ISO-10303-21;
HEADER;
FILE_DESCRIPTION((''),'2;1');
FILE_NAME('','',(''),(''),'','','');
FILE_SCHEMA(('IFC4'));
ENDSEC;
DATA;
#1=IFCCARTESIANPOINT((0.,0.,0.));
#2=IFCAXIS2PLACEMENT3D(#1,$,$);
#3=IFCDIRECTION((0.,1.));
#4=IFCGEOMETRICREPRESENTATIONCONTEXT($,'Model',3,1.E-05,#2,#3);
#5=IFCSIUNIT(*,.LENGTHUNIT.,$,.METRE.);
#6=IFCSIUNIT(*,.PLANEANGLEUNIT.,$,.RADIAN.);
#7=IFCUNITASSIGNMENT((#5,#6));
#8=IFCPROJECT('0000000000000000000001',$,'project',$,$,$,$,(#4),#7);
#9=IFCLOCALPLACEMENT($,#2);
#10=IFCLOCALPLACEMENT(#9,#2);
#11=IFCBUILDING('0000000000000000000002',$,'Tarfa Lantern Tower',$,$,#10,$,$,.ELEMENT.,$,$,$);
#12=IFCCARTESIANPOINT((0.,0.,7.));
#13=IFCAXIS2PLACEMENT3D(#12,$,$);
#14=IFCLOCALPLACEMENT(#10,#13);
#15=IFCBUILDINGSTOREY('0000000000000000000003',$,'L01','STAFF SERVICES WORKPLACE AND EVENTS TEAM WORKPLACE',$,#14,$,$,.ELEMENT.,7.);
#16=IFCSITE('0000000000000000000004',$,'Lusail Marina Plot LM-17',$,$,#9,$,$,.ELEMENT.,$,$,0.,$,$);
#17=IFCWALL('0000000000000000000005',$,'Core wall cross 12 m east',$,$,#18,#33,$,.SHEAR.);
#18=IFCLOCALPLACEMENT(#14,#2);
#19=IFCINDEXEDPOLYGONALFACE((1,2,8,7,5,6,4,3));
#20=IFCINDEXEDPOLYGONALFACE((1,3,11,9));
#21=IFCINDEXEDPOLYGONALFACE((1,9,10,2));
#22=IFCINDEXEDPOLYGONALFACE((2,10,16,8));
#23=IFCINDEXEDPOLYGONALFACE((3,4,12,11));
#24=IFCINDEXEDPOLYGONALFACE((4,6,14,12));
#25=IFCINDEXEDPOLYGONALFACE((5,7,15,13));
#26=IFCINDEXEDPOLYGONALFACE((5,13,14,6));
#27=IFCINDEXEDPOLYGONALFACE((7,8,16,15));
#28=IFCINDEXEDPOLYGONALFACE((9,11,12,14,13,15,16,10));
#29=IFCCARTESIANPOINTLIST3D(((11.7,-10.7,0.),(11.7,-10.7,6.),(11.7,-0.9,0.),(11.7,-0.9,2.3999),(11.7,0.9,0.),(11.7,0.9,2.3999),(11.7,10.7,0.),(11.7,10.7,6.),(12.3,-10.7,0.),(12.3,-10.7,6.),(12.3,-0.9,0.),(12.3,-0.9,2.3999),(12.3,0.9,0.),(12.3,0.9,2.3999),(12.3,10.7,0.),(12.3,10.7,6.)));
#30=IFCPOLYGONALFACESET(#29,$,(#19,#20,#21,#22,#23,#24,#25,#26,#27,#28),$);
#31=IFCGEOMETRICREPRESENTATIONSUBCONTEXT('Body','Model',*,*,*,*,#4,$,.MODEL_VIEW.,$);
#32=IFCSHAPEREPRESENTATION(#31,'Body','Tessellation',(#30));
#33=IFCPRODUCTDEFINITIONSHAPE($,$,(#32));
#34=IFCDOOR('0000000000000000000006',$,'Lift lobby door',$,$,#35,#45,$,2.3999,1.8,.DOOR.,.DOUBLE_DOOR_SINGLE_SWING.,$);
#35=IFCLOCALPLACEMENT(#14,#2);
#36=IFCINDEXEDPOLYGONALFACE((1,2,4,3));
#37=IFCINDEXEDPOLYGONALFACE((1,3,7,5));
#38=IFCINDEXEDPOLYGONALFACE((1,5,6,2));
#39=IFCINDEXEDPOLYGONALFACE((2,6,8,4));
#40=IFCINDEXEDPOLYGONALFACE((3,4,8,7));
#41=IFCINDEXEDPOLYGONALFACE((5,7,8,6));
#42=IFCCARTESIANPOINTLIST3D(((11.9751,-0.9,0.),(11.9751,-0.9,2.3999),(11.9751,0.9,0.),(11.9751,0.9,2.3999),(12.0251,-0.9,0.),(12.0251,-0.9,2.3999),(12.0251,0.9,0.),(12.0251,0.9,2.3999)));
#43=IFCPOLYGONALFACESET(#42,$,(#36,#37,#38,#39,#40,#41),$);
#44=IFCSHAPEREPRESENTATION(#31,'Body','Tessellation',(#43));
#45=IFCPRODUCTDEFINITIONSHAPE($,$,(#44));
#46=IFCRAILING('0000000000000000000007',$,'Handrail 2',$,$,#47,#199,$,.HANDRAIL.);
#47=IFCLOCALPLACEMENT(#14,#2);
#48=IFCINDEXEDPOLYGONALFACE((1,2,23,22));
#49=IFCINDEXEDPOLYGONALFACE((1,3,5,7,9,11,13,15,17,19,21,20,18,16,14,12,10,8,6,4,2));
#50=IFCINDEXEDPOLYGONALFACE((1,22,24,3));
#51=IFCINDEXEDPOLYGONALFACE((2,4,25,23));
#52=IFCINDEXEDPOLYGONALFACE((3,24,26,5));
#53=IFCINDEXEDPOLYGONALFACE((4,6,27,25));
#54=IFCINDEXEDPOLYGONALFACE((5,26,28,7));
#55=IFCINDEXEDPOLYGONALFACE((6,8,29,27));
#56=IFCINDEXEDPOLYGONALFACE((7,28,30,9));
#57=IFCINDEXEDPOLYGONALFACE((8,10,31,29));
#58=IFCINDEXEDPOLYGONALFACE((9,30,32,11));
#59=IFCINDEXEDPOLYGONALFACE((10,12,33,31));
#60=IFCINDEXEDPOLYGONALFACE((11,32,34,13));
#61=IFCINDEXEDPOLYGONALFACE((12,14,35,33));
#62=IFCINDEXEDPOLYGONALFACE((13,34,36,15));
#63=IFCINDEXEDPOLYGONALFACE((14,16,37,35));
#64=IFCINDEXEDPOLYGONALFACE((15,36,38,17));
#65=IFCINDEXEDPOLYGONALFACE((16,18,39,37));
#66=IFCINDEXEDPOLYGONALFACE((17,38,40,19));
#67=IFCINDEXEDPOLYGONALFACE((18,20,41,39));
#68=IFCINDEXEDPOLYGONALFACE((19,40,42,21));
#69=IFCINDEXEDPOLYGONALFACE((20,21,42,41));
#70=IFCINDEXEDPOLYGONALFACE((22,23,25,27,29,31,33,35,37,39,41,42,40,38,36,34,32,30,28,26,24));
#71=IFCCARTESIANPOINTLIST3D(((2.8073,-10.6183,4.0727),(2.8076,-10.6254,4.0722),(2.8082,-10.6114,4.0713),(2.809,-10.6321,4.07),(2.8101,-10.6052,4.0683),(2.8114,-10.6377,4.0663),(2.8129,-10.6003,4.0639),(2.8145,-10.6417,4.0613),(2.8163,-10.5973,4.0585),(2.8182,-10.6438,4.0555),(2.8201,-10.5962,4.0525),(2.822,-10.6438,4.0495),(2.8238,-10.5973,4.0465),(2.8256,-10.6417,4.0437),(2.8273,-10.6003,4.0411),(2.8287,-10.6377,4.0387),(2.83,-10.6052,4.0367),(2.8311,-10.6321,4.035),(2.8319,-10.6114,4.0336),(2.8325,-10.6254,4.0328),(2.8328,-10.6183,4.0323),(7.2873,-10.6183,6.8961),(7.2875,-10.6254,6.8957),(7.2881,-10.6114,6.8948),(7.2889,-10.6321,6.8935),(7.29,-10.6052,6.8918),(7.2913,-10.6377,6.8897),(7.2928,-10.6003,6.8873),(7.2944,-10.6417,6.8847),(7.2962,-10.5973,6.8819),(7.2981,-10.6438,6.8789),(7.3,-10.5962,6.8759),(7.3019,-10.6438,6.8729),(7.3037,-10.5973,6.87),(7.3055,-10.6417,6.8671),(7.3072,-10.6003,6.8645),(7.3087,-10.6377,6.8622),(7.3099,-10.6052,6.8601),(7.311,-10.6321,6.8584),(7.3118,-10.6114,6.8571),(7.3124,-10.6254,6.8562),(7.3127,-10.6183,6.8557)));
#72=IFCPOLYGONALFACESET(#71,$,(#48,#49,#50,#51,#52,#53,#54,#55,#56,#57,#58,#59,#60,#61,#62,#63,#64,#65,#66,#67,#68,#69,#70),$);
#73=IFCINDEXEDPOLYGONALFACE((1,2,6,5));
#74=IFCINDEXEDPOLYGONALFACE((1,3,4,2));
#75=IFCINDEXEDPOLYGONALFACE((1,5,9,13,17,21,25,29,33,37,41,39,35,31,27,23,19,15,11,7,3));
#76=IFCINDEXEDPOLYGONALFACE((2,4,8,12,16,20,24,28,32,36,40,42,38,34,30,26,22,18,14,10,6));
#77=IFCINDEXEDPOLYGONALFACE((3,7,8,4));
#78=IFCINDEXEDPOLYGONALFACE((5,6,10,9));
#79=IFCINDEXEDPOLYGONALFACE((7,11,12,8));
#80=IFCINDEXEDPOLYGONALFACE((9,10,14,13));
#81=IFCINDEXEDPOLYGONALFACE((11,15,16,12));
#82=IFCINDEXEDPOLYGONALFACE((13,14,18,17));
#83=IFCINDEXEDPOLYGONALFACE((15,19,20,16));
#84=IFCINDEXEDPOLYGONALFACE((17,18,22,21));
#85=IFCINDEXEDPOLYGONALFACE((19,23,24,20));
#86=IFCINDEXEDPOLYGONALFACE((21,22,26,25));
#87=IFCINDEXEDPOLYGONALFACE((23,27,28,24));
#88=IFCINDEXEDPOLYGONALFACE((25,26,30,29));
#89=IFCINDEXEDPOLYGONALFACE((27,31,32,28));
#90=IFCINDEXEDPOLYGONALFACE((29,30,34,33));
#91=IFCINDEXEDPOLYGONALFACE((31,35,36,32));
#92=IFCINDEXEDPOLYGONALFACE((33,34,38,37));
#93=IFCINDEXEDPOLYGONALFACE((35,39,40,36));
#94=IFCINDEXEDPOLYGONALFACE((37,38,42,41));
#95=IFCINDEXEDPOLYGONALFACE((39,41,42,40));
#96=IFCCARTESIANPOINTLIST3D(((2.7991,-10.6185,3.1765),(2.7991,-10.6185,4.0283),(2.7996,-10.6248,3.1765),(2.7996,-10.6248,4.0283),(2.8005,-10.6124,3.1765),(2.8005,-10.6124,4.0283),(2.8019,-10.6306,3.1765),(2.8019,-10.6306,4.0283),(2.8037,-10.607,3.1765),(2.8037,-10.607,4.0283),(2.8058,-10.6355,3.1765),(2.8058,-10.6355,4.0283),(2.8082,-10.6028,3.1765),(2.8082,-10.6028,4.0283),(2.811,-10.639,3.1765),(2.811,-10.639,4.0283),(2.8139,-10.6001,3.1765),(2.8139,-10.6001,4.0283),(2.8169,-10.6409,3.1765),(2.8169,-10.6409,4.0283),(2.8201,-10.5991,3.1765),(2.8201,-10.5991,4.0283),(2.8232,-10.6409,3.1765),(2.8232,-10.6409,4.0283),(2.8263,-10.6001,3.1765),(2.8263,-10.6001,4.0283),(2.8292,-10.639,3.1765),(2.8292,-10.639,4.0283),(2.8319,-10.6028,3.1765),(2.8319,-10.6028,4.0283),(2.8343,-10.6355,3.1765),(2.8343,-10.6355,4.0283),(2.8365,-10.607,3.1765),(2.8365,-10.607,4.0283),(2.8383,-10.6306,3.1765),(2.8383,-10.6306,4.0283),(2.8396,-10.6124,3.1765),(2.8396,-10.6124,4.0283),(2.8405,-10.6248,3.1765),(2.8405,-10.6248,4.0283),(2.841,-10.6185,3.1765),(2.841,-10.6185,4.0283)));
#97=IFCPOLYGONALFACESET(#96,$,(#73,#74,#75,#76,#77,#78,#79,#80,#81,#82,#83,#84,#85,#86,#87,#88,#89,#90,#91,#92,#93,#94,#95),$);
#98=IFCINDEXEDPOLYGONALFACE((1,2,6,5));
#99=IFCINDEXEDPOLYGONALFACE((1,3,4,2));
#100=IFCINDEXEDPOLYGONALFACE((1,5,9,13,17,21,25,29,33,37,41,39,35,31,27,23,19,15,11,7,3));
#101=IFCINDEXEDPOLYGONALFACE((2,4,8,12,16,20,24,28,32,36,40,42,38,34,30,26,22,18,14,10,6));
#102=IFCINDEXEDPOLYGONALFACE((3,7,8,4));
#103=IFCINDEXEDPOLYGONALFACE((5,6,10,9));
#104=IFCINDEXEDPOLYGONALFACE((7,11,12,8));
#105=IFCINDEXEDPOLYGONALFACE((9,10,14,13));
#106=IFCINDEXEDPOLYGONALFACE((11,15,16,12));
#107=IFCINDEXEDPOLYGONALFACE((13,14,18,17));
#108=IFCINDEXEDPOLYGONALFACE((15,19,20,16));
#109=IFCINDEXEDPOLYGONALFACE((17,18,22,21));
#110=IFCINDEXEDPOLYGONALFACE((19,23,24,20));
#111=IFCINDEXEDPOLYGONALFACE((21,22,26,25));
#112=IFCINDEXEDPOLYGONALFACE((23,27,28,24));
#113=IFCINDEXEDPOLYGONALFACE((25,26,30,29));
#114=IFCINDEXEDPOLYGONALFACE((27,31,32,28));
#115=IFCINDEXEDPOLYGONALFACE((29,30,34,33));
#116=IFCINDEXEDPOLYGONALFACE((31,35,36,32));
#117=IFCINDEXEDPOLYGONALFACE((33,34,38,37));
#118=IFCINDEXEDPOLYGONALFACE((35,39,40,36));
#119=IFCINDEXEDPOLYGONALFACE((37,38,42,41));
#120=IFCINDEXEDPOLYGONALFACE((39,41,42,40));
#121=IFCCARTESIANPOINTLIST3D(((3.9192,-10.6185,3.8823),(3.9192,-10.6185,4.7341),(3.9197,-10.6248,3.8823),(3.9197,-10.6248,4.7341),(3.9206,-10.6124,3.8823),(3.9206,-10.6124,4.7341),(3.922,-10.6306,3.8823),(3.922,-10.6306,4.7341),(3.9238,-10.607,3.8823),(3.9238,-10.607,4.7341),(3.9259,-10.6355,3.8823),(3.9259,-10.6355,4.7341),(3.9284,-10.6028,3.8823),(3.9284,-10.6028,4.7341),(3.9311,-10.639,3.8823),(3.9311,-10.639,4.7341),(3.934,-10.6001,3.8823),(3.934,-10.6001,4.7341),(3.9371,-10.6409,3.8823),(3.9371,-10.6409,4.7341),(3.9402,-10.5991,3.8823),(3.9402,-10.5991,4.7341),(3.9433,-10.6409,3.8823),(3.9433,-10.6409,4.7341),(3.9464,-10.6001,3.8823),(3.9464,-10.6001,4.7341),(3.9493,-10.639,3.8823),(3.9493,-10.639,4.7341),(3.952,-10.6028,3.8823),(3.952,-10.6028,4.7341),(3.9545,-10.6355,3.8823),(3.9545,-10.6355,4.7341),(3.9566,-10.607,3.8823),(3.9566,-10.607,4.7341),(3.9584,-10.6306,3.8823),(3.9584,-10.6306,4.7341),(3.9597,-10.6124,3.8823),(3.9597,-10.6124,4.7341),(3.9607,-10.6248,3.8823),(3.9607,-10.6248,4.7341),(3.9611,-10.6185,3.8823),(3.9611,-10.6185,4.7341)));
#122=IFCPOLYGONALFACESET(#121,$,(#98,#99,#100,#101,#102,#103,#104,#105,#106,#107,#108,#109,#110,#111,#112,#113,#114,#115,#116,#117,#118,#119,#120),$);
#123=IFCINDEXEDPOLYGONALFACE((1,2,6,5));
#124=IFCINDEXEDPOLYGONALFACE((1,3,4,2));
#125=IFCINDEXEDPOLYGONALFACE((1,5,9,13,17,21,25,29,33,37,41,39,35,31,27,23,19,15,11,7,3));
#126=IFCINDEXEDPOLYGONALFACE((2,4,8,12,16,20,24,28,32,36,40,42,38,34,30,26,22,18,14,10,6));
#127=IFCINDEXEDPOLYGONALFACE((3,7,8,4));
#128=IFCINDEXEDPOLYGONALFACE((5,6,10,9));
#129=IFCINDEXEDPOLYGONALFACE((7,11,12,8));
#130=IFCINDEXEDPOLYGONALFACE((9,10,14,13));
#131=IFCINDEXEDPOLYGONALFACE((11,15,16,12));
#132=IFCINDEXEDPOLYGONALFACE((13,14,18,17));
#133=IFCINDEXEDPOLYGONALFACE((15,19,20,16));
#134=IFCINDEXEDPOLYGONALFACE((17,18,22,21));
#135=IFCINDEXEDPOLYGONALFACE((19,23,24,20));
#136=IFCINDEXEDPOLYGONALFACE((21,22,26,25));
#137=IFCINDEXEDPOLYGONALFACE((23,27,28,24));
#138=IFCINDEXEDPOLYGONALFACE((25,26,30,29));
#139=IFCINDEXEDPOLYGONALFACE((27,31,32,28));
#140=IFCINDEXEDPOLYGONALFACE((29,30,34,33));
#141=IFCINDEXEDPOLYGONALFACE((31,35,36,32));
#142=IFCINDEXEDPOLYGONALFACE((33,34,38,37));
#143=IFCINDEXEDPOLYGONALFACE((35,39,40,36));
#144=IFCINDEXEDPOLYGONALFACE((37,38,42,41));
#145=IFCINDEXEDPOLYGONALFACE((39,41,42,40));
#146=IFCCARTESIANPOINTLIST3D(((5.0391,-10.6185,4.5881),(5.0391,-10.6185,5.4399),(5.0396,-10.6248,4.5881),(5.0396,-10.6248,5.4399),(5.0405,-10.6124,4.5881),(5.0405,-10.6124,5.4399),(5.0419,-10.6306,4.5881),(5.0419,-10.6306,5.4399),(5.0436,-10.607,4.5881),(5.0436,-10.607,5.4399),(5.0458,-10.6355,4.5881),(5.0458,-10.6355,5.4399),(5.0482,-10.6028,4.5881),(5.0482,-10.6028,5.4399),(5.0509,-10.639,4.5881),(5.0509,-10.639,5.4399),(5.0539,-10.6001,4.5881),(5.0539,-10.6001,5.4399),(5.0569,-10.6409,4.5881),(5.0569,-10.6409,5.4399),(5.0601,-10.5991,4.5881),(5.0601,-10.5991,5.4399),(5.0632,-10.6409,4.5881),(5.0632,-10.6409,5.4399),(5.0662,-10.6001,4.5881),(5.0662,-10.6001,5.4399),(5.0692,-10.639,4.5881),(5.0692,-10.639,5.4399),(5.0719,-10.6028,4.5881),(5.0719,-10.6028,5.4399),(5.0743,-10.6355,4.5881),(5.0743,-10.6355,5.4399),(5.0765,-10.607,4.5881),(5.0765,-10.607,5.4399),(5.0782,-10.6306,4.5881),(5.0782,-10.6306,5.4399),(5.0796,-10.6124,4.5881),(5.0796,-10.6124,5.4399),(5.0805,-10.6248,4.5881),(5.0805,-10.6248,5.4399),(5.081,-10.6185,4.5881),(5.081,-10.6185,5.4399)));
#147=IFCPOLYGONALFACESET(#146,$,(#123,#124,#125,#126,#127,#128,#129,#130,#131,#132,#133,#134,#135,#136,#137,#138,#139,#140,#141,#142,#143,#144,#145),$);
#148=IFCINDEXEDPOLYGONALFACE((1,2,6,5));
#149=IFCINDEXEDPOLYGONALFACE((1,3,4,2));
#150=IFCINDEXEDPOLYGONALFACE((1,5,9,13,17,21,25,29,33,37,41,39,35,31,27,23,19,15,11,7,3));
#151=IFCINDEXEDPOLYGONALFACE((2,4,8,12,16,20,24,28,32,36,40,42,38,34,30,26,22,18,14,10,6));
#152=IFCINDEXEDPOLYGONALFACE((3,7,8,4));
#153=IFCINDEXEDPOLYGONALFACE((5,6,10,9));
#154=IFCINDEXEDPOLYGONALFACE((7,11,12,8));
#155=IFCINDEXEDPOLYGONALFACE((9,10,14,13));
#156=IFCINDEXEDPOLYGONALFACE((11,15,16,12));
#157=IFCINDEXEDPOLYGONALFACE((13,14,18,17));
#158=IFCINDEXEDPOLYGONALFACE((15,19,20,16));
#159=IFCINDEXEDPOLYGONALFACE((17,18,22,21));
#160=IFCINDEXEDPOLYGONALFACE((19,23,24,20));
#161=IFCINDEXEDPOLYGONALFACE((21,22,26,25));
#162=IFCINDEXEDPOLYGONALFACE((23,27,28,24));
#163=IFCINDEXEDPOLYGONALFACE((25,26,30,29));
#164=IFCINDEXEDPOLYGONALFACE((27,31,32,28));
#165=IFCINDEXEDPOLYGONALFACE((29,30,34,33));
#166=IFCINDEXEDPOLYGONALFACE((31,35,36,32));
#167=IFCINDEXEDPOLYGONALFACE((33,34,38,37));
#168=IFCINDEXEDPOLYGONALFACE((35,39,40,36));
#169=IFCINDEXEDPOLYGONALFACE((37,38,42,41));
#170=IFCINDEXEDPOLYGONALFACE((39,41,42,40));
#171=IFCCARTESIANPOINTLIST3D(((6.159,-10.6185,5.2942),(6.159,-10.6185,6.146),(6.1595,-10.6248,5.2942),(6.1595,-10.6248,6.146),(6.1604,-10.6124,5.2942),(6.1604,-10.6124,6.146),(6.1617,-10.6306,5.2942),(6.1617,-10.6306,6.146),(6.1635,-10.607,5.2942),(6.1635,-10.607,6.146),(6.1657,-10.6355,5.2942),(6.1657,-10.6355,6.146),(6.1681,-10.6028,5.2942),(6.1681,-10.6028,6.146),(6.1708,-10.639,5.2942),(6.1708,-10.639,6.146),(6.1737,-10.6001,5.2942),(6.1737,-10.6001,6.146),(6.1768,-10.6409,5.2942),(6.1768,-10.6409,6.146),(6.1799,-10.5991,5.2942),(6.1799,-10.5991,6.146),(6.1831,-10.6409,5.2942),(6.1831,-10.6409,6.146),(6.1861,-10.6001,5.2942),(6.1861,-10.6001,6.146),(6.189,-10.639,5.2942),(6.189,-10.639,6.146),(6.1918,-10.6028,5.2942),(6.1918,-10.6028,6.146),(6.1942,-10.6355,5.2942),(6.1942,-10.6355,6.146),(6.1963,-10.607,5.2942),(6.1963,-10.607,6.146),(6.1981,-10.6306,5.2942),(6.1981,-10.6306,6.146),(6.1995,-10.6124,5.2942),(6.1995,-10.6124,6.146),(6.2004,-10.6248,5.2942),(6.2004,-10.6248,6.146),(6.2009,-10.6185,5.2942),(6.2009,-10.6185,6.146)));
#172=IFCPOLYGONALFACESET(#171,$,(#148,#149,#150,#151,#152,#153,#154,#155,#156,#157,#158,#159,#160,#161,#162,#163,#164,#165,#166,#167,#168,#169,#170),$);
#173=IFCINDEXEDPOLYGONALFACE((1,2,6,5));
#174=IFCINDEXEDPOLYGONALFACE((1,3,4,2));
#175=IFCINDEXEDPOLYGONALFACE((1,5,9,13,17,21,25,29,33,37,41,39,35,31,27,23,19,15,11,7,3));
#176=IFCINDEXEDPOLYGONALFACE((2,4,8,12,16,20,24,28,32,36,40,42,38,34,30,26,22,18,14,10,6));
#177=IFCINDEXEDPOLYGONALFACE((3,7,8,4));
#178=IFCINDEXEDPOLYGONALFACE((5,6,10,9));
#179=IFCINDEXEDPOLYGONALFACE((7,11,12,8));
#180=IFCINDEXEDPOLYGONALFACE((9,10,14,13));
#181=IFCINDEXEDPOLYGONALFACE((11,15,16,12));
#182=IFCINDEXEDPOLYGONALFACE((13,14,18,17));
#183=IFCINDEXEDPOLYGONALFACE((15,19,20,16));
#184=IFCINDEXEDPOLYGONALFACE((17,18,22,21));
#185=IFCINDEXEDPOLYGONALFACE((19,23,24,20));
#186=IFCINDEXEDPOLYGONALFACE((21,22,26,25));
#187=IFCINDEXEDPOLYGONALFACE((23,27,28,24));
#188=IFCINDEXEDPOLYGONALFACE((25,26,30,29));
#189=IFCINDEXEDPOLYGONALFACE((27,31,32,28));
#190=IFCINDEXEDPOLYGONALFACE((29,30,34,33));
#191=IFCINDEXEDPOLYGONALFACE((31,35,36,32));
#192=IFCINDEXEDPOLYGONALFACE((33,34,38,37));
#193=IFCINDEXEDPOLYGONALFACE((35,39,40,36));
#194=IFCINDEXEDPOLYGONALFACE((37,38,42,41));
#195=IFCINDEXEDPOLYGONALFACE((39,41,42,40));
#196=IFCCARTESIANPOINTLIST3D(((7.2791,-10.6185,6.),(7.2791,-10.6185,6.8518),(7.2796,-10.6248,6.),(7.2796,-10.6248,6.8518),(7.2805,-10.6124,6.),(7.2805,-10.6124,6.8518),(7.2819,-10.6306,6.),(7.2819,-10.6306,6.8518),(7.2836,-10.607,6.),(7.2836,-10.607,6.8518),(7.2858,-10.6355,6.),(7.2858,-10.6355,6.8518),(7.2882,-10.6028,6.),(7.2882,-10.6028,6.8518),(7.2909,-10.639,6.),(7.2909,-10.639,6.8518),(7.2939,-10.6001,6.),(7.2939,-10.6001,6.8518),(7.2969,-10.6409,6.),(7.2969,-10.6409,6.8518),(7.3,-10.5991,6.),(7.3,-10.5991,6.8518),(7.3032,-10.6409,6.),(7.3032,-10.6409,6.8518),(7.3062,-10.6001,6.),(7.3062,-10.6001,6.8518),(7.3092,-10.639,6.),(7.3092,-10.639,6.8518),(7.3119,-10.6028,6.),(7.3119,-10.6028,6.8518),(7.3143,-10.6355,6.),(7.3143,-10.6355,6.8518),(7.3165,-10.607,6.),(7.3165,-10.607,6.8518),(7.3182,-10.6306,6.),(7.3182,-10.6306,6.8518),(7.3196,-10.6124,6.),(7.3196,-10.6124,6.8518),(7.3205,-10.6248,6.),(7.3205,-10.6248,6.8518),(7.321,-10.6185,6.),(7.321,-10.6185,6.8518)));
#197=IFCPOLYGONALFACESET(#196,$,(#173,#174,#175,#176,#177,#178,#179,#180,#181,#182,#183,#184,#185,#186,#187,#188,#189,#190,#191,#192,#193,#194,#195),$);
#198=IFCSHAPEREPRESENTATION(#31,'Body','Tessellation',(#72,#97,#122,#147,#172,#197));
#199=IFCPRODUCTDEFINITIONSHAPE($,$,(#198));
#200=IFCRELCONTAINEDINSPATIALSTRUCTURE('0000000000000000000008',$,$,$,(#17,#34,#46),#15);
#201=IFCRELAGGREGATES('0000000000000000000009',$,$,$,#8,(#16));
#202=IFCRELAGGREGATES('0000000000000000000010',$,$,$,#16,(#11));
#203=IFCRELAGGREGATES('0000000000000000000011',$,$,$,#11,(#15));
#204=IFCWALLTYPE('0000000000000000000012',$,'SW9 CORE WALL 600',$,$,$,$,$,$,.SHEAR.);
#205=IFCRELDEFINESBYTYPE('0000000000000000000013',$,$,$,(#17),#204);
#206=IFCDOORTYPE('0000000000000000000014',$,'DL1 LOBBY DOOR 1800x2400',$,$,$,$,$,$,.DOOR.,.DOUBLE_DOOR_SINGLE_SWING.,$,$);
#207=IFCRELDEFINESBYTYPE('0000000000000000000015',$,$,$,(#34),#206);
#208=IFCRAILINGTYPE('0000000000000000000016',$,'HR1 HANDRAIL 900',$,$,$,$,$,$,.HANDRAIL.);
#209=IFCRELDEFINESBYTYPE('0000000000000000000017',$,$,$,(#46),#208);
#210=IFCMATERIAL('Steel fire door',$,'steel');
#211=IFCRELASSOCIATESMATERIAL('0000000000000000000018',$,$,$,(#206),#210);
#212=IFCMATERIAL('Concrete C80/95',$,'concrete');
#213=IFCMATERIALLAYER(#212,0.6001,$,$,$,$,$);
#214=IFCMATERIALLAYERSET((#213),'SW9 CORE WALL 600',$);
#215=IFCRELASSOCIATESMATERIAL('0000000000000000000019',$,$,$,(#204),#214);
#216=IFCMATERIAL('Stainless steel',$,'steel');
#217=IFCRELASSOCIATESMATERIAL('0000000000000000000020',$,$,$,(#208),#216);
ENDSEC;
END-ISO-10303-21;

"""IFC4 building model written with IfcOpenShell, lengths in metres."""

from ifc_helpers import new_model, si_unit, direction, frame, frame_2d, origin, origin_2d, place, context, subcontext, project, spatial, rectangle, circle, extrude, material, layer, layer_set, type_object, element, fill, save


model = new_model("IFC4")

# Units and contexts
model_context = context("Model", 3, precision=1e-05, world=origin(), true_north=direction((0.0, 1.0)))
body_context = subcontext(model_context, "Body", "Model", "MODEL_VIEW")
ifc_project = project(units=[si_unit("LENGTHUNIT", "METRE"), si_unit("PLANEANGLEUNIT", "RADIAN")], contexts=[model_context])

# Site, building, storey
site_placement = place(None, origin())
site = spatial("IfcSite", under=ifc_project, at=site_placement, Name="Lusail Marina Plot LM-17", CompositionType="ELEMENT", RefElevation=0.0)
building_placement = place(site_placement, origin())
building = spatial("IfcBuilding", under=site, at=building_placement, Name="Tarfa Lantern Tower", CompositionType="ELEMENT")
storey_placement = place(building_placement, frame((0.0, 0.0, 7.0)))
storey = spatial("IfcBuildingStorey", under=building, at=storey_placement, Name="L01", Description="STAFF SERVICES WORKPLACE AND EVENTS TEAM WORKPLACE", CompositionType="ELEMENT", Elevation=7.0)

# Shared definitions
ifc_material_1 = material(Name="Concrete C80/95", Category="concrete")
ifc_material_2 = material(Name="Steel fire door", Category="steel")
door_type_1 = type_object("IfcDoorType", Name="DL1 LOBBY DOOR 1800x2400", OperationType="DOUBLE_DOOR_SINGLE_SWING", PredefinedType="DOOR", material=ifc_material_2)

# Wall, opening, door
ifc_layer_1 = layer(ifc_material_1, 0.6001)
ifc_layer_set_1 = layer_set([ifc_layer_1], Name="SW9 CORE WALL 600")
wall_type_1 = type_object("IfcWallType", Name="SW9 CORE WALL 600", PredefinedType="SHEAR", material=ifc_layer_set_1)
wall_1_placement = place(storey_placement, frame((12.0, -10.7, 0.0), z_axis=(0.0, 0.0, 1.0), x_axis=(0.0, 1.0, 0.0)))
wall_1 = element("IfcWall", 1, at=wall_1_placement, inside=storey, type_object=wall_type_1, Name="Core wall cross 12 m east", PredefinedType="SHEAR", context=body_context, shape_type="SweptSolid", body=[
    extrude(rectangle(XDim=21.3999, YDim=0.6001, at=frame_2d((10.7, 0.0))), origin(), (0.0, 0.0, 1.0), 6.0),
])
opening_1_placement = place(wall_1_placement, frame((9.8, 0.0, 0.0)))
opening_1 = element("IfcOpeningElement", 2, at=opening_1_placement, cuts=wall_1, PredefinedType="OPENING", context=body_context, shape_type="SweptSolid", body=[
    extrude(rectangle(XDim=1.8, YDim=2.3999, at=frame_2d((0.8999, 1.2))), frame((0.0, 0.3101, 0.0), z_axis=(0.0, -1.0, 0.0), x_axis=(1.0, 0.0, 0.0)), (0.0, 0.0, 1.0), 0.6201),
])
door_1_placement = place(opening_1_placement, origin())
door_1 = element("IfcDoor", 3, at=door_1_placement, inside=storey, type_object=door_type_1, Name="Lift lobby door", OperationType="DOUBLE_DOOR_SINGLE_SWING", OverallHeight=2.3999, OverallWidth=1.8, PredefinedType="DOOR", context=body_context, shape_type="SweptSolid", body=[
    extrude(rectangle(XDim=1.8, YDim=2.3999, at=frame_2d((0.8999, 1.2))), frame((0.0, 0.0249, 0.0), z_axis=(0.0, -1.0, 0.0), x_axis=(1.0, 0.0, 0.0)), (0.0, 0.0, 1.0), 0.05),
])
fill(opening_1, door_1)

# Railing
ifc_material_3 = material(Name="Stainless steel", Category="steel")
railing_type = type_object("IfcRailingType", Name="HR1 HANDRAIL 900", PredefinedType="HANDRAIL", material=ifc_material_3)
railing_placement = place(storey_placement, frame((2.8201, -10.6201, 3.1765)))
element("IfcRailing", 4, at=railing_placement, inside=storey, type_object=railing_type, Name="Handrail 2", PredefinedType="HANDRAIL", context=body_context, shape_type="SweptSolid", body=[
    extrude(circle(Radius=0.0239, at=origin_2d()), frame((0.0, 0.0, 0.876), z_axis=(0.845998, 0.0, 0.533186), x_axis=(0.0, 1.0, 0.0)), (0.0, 0.0, 1.0), 5.2954),
    extrude(circle(Radius=0.021, at=origin_2d()), frame((0.0, 0.0, 0.0), z_axis=(0.0, 0.0, 1.0), x_axis=(0.0, 1.0, 0.0)), (0.0, 0.0, 1.0), 0.8518),
    extrude(circle(Radius=0.021, at=origin_2d()), frame((1.1201, 0.0, 0.7058), z_axis=(0.0, 0.0, 1.0), x_axis=(0.0, 1.0, 0.0)), (0.0, 0.0, 1.0), 0.8518),
    extrude(circle(Radius=0.021, at=origin_2d()), frame((2.24, 0.0, 1.4116), z_axis=(0.0, 0.0, 1.0), x_axis=(0.0, 1.0, 0.0)), (0.0, 0.0, 1.0), 0.8518),
    extrude(circle(Radius=0.021, at=origin_2d()), frame((3.3599, 0.0, 2.1177), z_axis=(0.0, 0.0, 1.0), x_axis=(0.0, 1.0, 0.0)), (0.0, 0.0, 1.0), 0.8518),
    extrude(circle(Radius=0.021, at=origin_2d()), frame((4.48, 0.0, 2.8235), z_axis=(0.0, 0.0, 1.0), x_axis=(0.0, 1.0, 0.0)), (0.0, 0.0, 1.0), 0.8518),
])

save(model, "model.ifc")
